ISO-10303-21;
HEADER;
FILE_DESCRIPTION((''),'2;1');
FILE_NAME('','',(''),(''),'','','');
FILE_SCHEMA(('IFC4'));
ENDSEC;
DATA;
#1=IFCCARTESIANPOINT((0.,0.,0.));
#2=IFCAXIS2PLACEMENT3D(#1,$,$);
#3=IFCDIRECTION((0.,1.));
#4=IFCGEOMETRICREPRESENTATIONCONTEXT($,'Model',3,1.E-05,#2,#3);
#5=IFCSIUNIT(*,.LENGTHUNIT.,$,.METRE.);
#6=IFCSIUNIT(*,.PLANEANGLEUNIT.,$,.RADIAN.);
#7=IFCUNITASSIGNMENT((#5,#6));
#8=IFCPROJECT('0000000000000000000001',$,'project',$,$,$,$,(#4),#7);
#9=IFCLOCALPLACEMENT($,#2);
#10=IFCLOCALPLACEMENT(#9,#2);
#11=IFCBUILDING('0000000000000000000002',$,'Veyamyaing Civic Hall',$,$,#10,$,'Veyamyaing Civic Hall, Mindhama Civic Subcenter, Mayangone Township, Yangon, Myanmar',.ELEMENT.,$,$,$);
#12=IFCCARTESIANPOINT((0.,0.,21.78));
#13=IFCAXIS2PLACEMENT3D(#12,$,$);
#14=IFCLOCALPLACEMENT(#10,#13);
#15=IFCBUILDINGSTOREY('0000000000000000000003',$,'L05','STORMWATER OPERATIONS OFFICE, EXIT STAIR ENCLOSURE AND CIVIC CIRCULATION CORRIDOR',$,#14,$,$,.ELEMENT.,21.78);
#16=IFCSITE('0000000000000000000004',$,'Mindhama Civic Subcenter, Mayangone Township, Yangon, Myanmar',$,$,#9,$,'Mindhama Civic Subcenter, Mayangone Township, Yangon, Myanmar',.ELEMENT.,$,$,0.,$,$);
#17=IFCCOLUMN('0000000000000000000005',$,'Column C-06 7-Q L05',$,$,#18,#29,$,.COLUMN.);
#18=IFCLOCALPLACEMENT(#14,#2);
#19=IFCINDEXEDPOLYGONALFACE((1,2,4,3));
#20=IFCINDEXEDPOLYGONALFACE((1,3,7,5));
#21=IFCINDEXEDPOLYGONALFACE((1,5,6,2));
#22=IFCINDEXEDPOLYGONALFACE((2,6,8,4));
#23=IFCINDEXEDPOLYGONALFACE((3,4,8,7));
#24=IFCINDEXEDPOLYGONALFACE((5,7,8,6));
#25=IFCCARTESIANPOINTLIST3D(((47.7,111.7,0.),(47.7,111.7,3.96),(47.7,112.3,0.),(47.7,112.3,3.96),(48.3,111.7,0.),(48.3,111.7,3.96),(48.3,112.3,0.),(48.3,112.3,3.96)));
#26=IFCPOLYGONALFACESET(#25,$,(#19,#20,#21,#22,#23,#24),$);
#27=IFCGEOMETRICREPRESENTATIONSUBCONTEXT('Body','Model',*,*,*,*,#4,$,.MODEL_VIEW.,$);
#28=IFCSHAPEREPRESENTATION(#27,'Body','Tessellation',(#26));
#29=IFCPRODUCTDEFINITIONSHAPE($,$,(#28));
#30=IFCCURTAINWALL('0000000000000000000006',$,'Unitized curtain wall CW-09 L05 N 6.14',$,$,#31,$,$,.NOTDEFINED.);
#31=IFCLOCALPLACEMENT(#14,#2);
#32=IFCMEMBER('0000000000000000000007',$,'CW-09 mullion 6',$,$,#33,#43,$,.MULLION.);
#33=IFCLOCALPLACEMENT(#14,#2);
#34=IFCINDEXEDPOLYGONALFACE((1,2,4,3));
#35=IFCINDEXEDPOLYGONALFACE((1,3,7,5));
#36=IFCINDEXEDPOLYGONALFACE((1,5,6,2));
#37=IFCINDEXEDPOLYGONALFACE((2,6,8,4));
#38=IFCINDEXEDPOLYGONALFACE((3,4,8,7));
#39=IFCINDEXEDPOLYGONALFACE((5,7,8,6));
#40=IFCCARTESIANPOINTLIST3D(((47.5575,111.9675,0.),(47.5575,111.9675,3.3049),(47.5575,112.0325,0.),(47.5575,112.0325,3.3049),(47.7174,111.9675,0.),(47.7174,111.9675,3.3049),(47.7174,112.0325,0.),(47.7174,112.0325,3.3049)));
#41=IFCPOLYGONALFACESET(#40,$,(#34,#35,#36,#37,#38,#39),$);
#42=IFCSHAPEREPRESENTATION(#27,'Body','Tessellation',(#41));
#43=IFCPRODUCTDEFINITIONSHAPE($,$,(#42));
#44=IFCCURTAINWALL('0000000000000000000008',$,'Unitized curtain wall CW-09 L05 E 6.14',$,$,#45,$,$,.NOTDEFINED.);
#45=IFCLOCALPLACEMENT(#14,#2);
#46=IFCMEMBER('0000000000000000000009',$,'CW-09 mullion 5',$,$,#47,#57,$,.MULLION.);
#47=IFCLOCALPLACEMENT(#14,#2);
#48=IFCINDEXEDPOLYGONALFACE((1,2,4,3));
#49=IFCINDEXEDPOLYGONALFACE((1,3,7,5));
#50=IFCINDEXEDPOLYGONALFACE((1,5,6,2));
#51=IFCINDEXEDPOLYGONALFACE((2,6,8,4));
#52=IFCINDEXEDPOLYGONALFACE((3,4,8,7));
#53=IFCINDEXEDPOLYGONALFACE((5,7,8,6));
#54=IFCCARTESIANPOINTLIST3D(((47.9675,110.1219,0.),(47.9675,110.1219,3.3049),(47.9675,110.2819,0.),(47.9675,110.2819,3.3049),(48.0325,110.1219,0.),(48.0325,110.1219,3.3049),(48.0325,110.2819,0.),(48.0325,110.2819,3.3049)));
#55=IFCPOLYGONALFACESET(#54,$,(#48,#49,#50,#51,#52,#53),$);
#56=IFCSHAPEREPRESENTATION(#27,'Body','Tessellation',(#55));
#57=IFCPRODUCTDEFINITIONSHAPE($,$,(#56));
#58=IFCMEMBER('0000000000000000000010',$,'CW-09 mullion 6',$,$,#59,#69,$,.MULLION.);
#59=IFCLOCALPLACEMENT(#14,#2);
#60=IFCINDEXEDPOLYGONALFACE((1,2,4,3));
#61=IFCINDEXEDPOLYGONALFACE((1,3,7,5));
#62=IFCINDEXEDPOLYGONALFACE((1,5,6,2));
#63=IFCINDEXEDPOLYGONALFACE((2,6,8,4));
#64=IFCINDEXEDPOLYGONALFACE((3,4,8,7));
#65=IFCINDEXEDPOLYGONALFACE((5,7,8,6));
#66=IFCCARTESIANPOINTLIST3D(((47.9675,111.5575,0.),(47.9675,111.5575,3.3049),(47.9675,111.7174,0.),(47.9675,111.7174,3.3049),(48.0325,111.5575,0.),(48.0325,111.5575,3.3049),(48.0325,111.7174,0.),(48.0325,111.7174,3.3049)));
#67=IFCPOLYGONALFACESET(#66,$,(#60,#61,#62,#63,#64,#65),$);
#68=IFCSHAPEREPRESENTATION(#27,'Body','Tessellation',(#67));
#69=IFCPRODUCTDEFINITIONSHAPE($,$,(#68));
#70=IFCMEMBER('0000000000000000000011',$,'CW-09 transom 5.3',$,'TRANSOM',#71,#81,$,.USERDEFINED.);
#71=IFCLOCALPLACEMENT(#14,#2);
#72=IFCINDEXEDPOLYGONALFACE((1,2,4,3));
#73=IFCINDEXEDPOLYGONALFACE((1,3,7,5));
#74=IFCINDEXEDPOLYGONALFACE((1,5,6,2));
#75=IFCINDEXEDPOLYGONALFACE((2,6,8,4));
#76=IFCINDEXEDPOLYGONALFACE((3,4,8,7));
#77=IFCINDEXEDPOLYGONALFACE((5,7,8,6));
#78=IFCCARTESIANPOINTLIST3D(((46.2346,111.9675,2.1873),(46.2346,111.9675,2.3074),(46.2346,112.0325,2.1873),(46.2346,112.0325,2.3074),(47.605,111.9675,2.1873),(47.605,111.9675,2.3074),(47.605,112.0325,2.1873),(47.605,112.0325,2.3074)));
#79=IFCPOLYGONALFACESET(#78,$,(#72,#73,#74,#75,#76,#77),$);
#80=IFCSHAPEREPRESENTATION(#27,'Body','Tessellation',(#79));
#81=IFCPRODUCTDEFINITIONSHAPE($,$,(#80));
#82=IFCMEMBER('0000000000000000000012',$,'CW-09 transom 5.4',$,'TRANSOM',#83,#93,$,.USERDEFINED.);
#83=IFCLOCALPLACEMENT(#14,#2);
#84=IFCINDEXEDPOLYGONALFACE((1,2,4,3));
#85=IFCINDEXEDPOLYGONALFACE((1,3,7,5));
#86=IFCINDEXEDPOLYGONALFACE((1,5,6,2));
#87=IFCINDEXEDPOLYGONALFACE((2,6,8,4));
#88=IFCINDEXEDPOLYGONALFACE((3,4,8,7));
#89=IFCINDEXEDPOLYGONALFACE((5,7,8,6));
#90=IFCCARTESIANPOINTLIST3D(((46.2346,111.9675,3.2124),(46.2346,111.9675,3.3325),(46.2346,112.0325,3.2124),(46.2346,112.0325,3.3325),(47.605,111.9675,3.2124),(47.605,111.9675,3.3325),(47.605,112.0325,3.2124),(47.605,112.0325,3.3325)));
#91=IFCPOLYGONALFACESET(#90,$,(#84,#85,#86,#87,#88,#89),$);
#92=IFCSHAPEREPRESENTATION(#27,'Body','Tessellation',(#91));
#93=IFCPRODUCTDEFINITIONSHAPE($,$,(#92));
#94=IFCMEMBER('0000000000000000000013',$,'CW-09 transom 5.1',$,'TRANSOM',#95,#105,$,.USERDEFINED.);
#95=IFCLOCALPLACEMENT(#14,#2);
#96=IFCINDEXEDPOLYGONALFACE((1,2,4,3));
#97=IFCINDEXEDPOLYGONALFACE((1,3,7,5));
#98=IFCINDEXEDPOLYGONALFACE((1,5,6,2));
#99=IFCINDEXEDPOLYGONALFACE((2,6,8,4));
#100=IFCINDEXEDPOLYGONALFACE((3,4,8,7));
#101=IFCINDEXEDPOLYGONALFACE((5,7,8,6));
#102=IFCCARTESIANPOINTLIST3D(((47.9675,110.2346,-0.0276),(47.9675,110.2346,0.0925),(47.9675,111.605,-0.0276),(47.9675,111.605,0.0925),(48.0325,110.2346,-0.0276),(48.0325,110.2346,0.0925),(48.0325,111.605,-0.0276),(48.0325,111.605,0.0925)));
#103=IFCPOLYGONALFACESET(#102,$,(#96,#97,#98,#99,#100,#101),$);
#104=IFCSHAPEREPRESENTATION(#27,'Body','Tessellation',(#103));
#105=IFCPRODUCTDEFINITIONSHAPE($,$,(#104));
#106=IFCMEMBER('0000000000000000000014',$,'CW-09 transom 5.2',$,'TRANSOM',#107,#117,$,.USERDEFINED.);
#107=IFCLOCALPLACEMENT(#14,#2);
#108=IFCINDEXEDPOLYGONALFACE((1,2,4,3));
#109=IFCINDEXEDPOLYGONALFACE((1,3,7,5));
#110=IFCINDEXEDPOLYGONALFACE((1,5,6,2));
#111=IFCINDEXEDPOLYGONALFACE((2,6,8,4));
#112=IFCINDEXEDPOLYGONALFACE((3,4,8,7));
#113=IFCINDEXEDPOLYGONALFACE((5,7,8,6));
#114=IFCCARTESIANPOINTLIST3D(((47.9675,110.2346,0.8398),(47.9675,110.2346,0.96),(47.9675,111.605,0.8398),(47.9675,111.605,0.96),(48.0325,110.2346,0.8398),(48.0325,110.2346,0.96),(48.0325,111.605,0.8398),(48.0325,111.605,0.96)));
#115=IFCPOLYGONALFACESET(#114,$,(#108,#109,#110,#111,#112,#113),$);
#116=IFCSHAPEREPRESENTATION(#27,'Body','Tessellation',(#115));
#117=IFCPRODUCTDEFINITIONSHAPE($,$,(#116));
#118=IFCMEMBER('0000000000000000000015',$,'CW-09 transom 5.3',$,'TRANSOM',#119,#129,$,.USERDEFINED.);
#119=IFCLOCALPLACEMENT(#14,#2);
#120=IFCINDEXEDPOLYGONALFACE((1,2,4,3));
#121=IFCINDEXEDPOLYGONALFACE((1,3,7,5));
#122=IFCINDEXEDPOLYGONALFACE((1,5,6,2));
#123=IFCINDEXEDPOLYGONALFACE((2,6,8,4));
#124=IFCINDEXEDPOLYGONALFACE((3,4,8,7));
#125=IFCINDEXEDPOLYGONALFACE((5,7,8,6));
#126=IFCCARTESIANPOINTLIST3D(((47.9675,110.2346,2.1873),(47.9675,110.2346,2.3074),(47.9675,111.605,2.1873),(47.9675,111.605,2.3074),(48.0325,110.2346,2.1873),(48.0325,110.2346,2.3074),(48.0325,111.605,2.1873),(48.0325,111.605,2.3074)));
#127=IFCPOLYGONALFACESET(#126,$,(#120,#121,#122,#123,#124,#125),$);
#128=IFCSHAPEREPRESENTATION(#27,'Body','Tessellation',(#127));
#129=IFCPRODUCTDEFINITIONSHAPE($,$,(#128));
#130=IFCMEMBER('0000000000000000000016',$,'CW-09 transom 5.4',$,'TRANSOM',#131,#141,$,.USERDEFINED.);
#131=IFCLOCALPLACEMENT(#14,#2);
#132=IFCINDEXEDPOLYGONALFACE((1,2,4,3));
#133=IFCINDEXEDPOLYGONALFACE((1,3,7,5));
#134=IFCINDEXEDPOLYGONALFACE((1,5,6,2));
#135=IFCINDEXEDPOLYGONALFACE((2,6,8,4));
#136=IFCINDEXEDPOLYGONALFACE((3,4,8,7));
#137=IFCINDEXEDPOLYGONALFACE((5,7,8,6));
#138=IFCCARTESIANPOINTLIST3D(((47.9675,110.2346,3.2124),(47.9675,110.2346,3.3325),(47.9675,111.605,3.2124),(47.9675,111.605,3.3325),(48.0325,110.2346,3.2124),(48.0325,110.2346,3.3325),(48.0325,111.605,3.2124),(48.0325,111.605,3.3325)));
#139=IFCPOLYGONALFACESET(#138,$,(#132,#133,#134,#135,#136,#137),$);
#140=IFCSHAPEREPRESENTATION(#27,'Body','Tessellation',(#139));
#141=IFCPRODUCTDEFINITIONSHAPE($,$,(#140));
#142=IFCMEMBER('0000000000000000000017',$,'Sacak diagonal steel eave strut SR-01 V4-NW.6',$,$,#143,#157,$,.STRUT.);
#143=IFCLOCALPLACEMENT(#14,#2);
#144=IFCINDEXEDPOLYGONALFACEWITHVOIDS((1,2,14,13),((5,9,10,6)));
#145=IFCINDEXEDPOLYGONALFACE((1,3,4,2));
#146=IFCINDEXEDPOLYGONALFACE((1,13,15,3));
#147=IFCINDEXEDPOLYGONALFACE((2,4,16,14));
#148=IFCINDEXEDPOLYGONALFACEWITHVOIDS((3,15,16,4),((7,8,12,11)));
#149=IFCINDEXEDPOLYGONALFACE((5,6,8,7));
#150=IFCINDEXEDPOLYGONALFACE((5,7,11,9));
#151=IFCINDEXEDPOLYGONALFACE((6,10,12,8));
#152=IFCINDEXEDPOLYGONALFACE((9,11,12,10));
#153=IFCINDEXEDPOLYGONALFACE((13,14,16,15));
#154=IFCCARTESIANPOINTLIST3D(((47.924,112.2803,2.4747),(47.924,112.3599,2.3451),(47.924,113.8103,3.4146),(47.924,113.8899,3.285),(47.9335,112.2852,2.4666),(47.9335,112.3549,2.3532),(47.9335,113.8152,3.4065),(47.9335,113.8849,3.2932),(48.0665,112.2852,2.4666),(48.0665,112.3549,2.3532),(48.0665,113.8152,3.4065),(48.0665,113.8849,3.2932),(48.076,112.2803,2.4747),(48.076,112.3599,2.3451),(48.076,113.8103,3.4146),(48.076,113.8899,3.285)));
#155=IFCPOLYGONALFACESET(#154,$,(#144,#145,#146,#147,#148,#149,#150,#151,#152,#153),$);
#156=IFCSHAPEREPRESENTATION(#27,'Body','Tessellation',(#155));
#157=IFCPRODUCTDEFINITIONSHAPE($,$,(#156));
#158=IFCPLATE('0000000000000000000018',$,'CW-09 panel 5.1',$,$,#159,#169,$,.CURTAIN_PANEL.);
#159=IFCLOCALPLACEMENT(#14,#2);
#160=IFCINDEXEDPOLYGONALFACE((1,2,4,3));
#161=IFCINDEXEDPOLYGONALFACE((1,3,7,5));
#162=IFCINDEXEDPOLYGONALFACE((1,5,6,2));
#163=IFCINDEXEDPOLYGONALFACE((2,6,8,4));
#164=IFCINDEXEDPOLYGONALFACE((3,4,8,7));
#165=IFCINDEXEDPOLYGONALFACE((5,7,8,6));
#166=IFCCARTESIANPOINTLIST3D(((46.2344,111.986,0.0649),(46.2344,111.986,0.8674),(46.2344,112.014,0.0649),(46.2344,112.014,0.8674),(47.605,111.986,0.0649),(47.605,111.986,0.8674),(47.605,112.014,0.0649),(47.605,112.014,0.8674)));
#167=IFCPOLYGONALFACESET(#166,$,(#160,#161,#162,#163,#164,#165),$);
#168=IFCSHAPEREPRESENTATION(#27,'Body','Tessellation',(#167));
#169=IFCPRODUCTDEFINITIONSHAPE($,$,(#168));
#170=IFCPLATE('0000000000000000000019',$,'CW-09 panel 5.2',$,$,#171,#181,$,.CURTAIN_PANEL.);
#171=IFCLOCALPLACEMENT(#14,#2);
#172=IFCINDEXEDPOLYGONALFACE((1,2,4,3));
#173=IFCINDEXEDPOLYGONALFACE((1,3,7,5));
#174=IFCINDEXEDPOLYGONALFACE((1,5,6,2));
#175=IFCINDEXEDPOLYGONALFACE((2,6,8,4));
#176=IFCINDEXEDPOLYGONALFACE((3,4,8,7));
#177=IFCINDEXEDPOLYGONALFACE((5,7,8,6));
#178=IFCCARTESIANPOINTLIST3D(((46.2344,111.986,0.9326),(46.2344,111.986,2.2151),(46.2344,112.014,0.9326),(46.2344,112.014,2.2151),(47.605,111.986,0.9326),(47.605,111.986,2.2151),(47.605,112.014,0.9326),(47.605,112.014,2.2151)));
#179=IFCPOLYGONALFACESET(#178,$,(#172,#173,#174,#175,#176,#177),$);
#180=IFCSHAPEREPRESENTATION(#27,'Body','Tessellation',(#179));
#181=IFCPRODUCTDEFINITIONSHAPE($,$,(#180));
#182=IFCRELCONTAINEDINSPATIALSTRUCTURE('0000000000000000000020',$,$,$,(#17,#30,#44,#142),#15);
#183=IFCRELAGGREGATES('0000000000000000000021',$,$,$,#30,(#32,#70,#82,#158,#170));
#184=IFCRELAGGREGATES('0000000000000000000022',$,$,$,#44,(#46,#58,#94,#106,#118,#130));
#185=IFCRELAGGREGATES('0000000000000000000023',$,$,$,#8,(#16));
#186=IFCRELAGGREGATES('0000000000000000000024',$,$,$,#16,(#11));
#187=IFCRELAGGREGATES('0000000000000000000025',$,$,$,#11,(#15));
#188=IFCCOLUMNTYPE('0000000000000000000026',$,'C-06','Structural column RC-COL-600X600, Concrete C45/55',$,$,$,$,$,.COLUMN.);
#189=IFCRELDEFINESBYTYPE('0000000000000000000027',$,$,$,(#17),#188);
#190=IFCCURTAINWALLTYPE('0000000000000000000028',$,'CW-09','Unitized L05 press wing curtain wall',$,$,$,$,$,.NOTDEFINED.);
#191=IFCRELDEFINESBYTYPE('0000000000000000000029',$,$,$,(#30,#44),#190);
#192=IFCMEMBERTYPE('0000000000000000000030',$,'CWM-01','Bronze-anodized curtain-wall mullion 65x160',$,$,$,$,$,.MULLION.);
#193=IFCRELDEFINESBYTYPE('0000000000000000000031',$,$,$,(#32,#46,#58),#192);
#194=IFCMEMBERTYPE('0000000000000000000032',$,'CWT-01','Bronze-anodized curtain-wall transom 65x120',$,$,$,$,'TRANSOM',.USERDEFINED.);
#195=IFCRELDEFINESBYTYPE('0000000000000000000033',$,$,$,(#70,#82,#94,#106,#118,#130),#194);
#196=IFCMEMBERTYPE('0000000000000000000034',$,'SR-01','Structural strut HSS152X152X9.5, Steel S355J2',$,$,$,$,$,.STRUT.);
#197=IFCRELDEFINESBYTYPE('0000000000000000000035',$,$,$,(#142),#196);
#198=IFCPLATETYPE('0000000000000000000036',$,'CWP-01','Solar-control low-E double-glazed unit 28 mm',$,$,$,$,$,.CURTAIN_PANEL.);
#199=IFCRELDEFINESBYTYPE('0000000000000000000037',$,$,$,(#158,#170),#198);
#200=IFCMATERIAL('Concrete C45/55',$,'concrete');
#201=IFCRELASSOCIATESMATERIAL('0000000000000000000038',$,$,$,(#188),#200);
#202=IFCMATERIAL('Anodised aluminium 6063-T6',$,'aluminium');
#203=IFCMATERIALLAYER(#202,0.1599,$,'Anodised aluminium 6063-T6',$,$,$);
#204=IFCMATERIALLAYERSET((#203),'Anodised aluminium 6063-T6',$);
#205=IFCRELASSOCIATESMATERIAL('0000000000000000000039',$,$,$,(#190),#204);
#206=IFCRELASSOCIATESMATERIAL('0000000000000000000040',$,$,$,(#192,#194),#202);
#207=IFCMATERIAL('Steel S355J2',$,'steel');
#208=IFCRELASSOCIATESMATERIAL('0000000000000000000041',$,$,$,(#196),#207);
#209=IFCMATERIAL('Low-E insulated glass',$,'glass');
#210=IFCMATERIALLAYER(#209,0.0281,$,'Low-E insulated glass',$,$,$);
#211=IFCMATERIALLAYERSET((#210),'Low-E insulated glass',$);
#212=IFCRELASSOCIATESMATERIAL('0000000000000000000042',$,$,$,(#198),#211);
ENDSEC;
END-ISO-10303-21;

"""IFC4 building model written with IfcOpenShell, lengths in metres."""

from ifc_helpers import new_model, si_unit, direction, frame, origin, origin_2d, place, context, subcontext, project, spatial, rectangle, hollow_rectangle, extrude, material, layer, layer_set, material_profile, profile_set, type_object, element, aggregate, save


model = new_model("IFC4")

# Units and contexts
model_context = context("Model", 3, precision=1e-05, world=origin(), true_north=direction((0.0, 1.0)))
body_context = subcontext(model_context, "Body", "Model", "MODEL_VIEW")
ifc_project = project(units=[si_unit("LENGTHUNIT", "METRE"), si_unit("PLANEANGLEUNIT", "RADIAN")], contexts=[model_context])

# Site, building, storey
site_placement = place(None, origin())
site = spatial("IfcSite", under=ifc_project, at=site_placement, Name="Mindhama Civic Subcenter, Mayangone Township, Yangon, Myanmar", LongName="Mindhama Civic Subcenter, Mayangone Township, Yangon, Myanmar", CompositionType="ELEMENT", RefElevation=0.0)
building_placement = place(site_placement, origin())
building = spatial("IfcBuilding", under=site, at=building_placement, Name="Veyamyaing Civic Hall", LongName="Veyamyaing Civic Hall, Mindhama Civic Subcenter, Mayangone Township, Yangon, Myanmar", CompositionType="ELEMENT")
storey_placement = place(building_placement, frame((0.0, 0.0, 21.78)))
storey = spatial("IfcBuildingStorey", under=building, at=storey_placement, Name="L05", Description="STORMWATER OPERATIONS OFFICE, EXIT STAIR ENCLOSURE AND CIVIC CIRCULATION CORRIDOR", CompositionType="ELEMENT", Elevation=21.78)

# Column
ifc_material_1 = material(Name="Concrete C45/55", Category="concrete")
ifc_material_profile_1 = material_profile(ifc_material_1, rectangle(XDim=0.6001, YDim=0.6001, at=origin_2d()), Name="RC-COL-600X600")
ifc_profile_set_1 = profile_set([ifc_material_profile_1], Name="Concrete C45/55")
column_type = type_object("IfcColumnType", Name="C-06", Description="Structural column RC-COL-600X600, Concrete C45/55", PredefinedType="COLUMN", material=ifc_profile_set_1)
column_placement = place(storey_placement, frame((48.0, 112.0, 0.0), z_axis=(0.0, 0.0, 1.0), x_axis=(1.0, 0.0, 0.0)))
element("IfcColumn", 1, at=column_placement, inside=storey, type_object=column_type, Name="Column C-06 7-Q L05", PredefinedType="COLUMN", context=body_context, shape_type="SweptSolid", body=[
    extrude(rectangle(XDim=0.6001, YDim=0.6001, at=origin_2d()), origin(), (0.0, 0.0, 1.0), 3.96),
])

# Curtain wall, member
ifc_material_2 = material(Name="Anodised aluminium 6063-T6", Category="aluminium")
ifc_layer_1 = layer(ifc_material_2, 0.1599, Name="Anodised aluminium 6063-T6")
ifc_layer_set_1 = layer_set([ifc_layer_1], Name="Anodised aluminium 6063-T6")
curtain_wall_type = type_object("IfcCurtainWallType", Name="CW-09", Description="Unitized L05 press wing curtain wall", PredefinedType="NOTDEFINED", material=ifc_layer_set_1)
curtain_wall_1_placement = place(storey_placement, origin())
curtain_wall_1 = element("IfcCurtainWall", 2, at=curtain_wall_1_placement, inside=storey, type_object=curtain_wall_type, Name="Unitized curtain wall CW-09 L05 N 6.14", PredefinedType="NOTDEFINED")
ifc_material_profile_2 = material_profile(ifc_material_2, rectangle(XDim=0.0649, YDim=0.1599, at=origin_2d()), Name="ALU-MUL-65X160")
ifc_profile_set_2 = profile_set([ifc_material_profile_2], Name="Anodised aluminium 6063-T6")
member_type_1 = type_object("IfcMemberType", Name="CWM-01", Description="Bronze-anodized curtain-wall mullion 65x160", PredefinedType="MULLION", material=ifc_profile_set_2)
member_1_placement = place(storey_placement, frame((47.6375, 112.0, 0.0), z_axis=(0.0, 0.0, 1.0), x_axis=(0.0, 1.0, 0.0)))
member_1 = element("IfcMember", 3, at=member_1_placement, type_object=member_type_1, Name="CW-09 mullion 6", PredefinedType="MULLION", context=body_context, shape_type="SweptSolid", body=[
    extrude(rectangle(XDim=0.0649, YDim=0.1599, at=origin_2d()), origin(), (0.0, 0.0, 1.0), 3.3049),
])

# Curtain wall, members
curtain_wall_2_placement = place(storey_placement, origin())
curtain_wall_2 = element("IfcCurtainWall", 4, at=curtain_wall_2_placement, inside=storey, type_object=curtain_wall_type, Name="Unitized curtain wall CW-09 L05 E 6.14", PredefinedType="NOTDEFINED")
member_2_placement = place(storey_placement, frame((48.0, 110.2019, 0.0), z_axis=(0.0, 0.0, 1.0), x_axis=(-1.0, 0.0, 0.0)))
member_2 = element("IfcMember", 5, at=member_2_placement, type_object=member_type_1, Name="CW-09 mullion 5", PredefinedType="MULLION", context=body_context, shape_type="SweptSolid", body=[
    extrude(rectangle(XDim=0.0649, YDim=0.1599, at=origin_2d()), origin(), (0.0, 0.0, 1.0), 3.3049),
])
member_3_placement = place(storey_placement, frame((48.0, 111.6375, 0.0), z_axis=(0.0, 0.0, 1.0), x_axis=(-1.0, 0.0, 0.0)))
member_3 = element("IfcMember", 6, at=member_3_placement, type_object=member_type_1, Name="CW-09 mullion 6", PredefinedType="MULLION", context=body_context, shape_type="SweptSolid", body=[
    extrude(rectangle(XDim=0.0649, YDim=0.1599, at=origin_2d()), origin(), (0.0, 0.0, 1.0), 3.3049),
])

# Members
ifc_material_profile_3 = material_profile(ifc_material_2, rectangle(XDim=0.0649, YDim=0.1201, at=origin_2d()), Name="ALU-TRN-65X120")
ifc_profile_set_3 = profile_set([ifc_material_profile_3], Name="Anodised aluminium 6063-T6")
member_type_2 = type_object("IfcMemberType", Name="CWT-01", Description="Bronze-anodized curtain-wall transom 65x120", ElementType="TRANSOM", PredefinedType="USERDEFINED", material=ifc_profile_set_3)
member_4_placement = place(storey_placement, frame((46.2346, 112.0, 2.2473), z_axis=(1.0, 0.0, 0.0), x_axis=(0.0, 1.0, 0.0)))
member_4 = element("IfcMember", 7, at=member_4_placement, type_object=member_type_2, Name="CW-09 transom 5.3", ObjectType="TRANSOM", PredefinedType="USERDEFINED", context=body_context, shape_type="SweptSolid", body=[
    extrude(rectangle(XDim=0.0649, YDim=0.1201, at=origin_2d()), origin(), (0.0, 0.0, 1.0), 1.3704),
])
member_5_placement = place(storey_placement, frame((46.2346, 112.0, 3.2725), z_axis=(1.0, 0.0, 0.0), x_axis=(0.0, 1.0, 0.0)))
member_5 = element("IfcMember", 8, at=member_5_placement, type_object=member_type_2, Name="CW-09 transom 5.4", ObjectType="TRANSOM", PredefinedType="USERDEFINED", context=body_context, shape_type="SweptSolid", body=[
    extrude(rectangle(XDim=0.0649, YDim=0.1201, at=origin_2d()), origin(), (0.0, 0.0, 1.0), 1.3704),
])
member_6_placement = place(storey_placement, frame((48.0, 110.2346, 0.0325), z_axis=(0.0, 1.0, 0.0), x_axis=(-1.0, 0.0, 0.0)))
member_6 = element("IfcMember", 9, at=member_6_placement, type_object=member_type_2, Name="CW-09 transom 5.1", ObjectType="TRANSOM", PredefinedType="USERDEFINED", context=body_context, shape_type="SweptSolid", body=[
    extrude(rectangle(XDim=0.0649, YDim=0.1201, at=origin_2d()), origin(), (0.0, 0.0, 1.0), 1.3704),
])
member_7_placement = place(storey_placement, frame((48.0, 110.2346, 0.8999), z_axis=(0.0, 1.0, 0.0), x_axis=(-1.0, 0.0, 0.0)))
member_7 = element("IfcMember", 10, at=member_7_placement, type_object=member_type_2, Name="CW-09 transom 5.2", ObjectType="TRANSOM", PredefinedType="USERDEFINED", context=body_context, shape_type="SweptSolid", body=[
    extrude(rectangle(XDim=0.0649, YDim=0.1201, at=origin_2d()), origin(), (0.0, 0.0, 1.0), 1.3704),
])
member_8_placement = place(storey_placement, frame((48.0, 110.2346, 2.2473), z_axis=(0.0, 1.0, 0.0), x_axis=(-1.0, 0.0, 0.0)))
member_8 = element("IfcMember", 11, at=member_8_placement, type_object=member_type_2, Name="CW-09 transom 5.3", ObjectType="TRANSOM", PredefinedType="USERDEFINED", context=body_context, shape_type="SweptSolid", body=[
    extrude(rectangle(XDim=0.0649, YDim=0.1201, at=origin_2d()), origin(), (0.0, 0.0, 1.0), 1.3704),
])
member_9_placement = place(storey_placement, frame((48.0, 110.2346, 3.2725), z_axis=(0.0, 1.0, 0.0), x_axis=(-1.0, 0.0, 0.0)))
member_9 = element("IfcMember", 12, at=member_9_placement, type_object=member_type_2, Name="CW-09 transom 5.4", ObjectType="TRANSOM", PredefinedType="USERDEFINED", context=body_context, shape_type="SweptSolid", body=[
    extrude(rectangle(XDim=0.0649, YDim=0.1201, at=origin_2d()), origin(), (0.0, 0.0, 1.0), 1.3704),
])
ifc_material_3 = material(Name="Steel S355J2", Category="steel")
ifc_material_profile_4 = material_profile(ifc_material_3, hollow_rectangle(XDim=0.1521, YDim=0.1521, WallThickness=0.0095, at=origin_2d()), Name="HSS152X152X9.5")
ifc_profile_set_4 = profile_set([ifc_material_profile_4], Name="Steel S355J2")
member_type_3 = type_object("IfcMemberType", Name="SR-01", Description="Structural strut HSS152X152X9.5, Steel S355J2", PredefinedType="STRUT", material=ifc_profile_set_4)
member_10_placement = place(storey_placement, frame((48.0, 112.3201, 2.4099), z_axis=(0.0, 0.85206, 0.523445), x_axis=(-1.0, 0.0, 0.0)))
element("IfcMember", 13, at=member_10_placement, inside=storey, type_object=member_type_3, Name="Sacak diagonal steel eave strut SR-01 V4-NW.6", PredefinedType="STRUT", context=body_context, shape_type="SweptSolid", body=[
    extrude(hollow_rectangle(XDim=0.1521, YDim=0.1521, WallThickness=0.0095, at=origin_2d()), origin(), (0.0, 0.0, 1.0), 1.7957),
])

# Plates
ifc_material_4 = material(Name="Low-E insulated glass", Category="glass")
ifc_layer_2 = layer(ifc_material_4, 0.0281, Name="Low-E insulated glass")
ifc_layer_set_2 = layer_set([ifc_layer_2], Name="Low-E insulated glass")
plate_type_1 = type_object("IfcPlateType", Name="CWP-01", Description="Solar-control low-E double-glazed unit 28 mm", PredefinedType="CURTAIN_PANEL", material=ifc_layer_set_2)
plate_1_placement = place(storey_placement, frame((46.9197, 112.0, 0.0649), z_axis=(0.0, 0.0, 1.0), x_axis=(1.0, 0.0, 0.0)))
plate_1 = element("IfcPlate", 14, at=plate_1_placement, type_object=plate_type_1, Name="CW-09 panel 5.1", PredefinedType="CURTAIN_PANEL", context=body_context, shape_type="SweptSolid", body=[
    extrude(rectangle(XDim=1.3706, YDim=0.0281, at=origin_2d()), origin(), (0.0, 0.0, 1.0), 0.8025),
])
plate_2_placement = place(storey_placement, frame((46.9197, 112.0, 0.9326), z_axis=(0.0, 0.0, 1.0), x_axis=(1.0, 0.0, 0.0)))
plate_2 = element("IfcPlate", 15, at=plate_2_placement, type_object=plate_type_1, Name="CW-09 panel 5.2", PredefinedType="CURTAIN_PANEL", context=body_context, shape_type="SweptSolid", body=[
    extrude(rectangle(XDim=1.3706, YDim=0.0281, at=origin_2d()), origin(), (0.0, 0.0, 1.0), 1.2825),
])
aggregate(curtain_wall_1, [member_1, member_4, member_5, plate_1, plate_2])
aggregate(curtain_wall_2, [member_2, member_3, member_6, member_7, member_8, member_9])

save(model, "model.ifc")
